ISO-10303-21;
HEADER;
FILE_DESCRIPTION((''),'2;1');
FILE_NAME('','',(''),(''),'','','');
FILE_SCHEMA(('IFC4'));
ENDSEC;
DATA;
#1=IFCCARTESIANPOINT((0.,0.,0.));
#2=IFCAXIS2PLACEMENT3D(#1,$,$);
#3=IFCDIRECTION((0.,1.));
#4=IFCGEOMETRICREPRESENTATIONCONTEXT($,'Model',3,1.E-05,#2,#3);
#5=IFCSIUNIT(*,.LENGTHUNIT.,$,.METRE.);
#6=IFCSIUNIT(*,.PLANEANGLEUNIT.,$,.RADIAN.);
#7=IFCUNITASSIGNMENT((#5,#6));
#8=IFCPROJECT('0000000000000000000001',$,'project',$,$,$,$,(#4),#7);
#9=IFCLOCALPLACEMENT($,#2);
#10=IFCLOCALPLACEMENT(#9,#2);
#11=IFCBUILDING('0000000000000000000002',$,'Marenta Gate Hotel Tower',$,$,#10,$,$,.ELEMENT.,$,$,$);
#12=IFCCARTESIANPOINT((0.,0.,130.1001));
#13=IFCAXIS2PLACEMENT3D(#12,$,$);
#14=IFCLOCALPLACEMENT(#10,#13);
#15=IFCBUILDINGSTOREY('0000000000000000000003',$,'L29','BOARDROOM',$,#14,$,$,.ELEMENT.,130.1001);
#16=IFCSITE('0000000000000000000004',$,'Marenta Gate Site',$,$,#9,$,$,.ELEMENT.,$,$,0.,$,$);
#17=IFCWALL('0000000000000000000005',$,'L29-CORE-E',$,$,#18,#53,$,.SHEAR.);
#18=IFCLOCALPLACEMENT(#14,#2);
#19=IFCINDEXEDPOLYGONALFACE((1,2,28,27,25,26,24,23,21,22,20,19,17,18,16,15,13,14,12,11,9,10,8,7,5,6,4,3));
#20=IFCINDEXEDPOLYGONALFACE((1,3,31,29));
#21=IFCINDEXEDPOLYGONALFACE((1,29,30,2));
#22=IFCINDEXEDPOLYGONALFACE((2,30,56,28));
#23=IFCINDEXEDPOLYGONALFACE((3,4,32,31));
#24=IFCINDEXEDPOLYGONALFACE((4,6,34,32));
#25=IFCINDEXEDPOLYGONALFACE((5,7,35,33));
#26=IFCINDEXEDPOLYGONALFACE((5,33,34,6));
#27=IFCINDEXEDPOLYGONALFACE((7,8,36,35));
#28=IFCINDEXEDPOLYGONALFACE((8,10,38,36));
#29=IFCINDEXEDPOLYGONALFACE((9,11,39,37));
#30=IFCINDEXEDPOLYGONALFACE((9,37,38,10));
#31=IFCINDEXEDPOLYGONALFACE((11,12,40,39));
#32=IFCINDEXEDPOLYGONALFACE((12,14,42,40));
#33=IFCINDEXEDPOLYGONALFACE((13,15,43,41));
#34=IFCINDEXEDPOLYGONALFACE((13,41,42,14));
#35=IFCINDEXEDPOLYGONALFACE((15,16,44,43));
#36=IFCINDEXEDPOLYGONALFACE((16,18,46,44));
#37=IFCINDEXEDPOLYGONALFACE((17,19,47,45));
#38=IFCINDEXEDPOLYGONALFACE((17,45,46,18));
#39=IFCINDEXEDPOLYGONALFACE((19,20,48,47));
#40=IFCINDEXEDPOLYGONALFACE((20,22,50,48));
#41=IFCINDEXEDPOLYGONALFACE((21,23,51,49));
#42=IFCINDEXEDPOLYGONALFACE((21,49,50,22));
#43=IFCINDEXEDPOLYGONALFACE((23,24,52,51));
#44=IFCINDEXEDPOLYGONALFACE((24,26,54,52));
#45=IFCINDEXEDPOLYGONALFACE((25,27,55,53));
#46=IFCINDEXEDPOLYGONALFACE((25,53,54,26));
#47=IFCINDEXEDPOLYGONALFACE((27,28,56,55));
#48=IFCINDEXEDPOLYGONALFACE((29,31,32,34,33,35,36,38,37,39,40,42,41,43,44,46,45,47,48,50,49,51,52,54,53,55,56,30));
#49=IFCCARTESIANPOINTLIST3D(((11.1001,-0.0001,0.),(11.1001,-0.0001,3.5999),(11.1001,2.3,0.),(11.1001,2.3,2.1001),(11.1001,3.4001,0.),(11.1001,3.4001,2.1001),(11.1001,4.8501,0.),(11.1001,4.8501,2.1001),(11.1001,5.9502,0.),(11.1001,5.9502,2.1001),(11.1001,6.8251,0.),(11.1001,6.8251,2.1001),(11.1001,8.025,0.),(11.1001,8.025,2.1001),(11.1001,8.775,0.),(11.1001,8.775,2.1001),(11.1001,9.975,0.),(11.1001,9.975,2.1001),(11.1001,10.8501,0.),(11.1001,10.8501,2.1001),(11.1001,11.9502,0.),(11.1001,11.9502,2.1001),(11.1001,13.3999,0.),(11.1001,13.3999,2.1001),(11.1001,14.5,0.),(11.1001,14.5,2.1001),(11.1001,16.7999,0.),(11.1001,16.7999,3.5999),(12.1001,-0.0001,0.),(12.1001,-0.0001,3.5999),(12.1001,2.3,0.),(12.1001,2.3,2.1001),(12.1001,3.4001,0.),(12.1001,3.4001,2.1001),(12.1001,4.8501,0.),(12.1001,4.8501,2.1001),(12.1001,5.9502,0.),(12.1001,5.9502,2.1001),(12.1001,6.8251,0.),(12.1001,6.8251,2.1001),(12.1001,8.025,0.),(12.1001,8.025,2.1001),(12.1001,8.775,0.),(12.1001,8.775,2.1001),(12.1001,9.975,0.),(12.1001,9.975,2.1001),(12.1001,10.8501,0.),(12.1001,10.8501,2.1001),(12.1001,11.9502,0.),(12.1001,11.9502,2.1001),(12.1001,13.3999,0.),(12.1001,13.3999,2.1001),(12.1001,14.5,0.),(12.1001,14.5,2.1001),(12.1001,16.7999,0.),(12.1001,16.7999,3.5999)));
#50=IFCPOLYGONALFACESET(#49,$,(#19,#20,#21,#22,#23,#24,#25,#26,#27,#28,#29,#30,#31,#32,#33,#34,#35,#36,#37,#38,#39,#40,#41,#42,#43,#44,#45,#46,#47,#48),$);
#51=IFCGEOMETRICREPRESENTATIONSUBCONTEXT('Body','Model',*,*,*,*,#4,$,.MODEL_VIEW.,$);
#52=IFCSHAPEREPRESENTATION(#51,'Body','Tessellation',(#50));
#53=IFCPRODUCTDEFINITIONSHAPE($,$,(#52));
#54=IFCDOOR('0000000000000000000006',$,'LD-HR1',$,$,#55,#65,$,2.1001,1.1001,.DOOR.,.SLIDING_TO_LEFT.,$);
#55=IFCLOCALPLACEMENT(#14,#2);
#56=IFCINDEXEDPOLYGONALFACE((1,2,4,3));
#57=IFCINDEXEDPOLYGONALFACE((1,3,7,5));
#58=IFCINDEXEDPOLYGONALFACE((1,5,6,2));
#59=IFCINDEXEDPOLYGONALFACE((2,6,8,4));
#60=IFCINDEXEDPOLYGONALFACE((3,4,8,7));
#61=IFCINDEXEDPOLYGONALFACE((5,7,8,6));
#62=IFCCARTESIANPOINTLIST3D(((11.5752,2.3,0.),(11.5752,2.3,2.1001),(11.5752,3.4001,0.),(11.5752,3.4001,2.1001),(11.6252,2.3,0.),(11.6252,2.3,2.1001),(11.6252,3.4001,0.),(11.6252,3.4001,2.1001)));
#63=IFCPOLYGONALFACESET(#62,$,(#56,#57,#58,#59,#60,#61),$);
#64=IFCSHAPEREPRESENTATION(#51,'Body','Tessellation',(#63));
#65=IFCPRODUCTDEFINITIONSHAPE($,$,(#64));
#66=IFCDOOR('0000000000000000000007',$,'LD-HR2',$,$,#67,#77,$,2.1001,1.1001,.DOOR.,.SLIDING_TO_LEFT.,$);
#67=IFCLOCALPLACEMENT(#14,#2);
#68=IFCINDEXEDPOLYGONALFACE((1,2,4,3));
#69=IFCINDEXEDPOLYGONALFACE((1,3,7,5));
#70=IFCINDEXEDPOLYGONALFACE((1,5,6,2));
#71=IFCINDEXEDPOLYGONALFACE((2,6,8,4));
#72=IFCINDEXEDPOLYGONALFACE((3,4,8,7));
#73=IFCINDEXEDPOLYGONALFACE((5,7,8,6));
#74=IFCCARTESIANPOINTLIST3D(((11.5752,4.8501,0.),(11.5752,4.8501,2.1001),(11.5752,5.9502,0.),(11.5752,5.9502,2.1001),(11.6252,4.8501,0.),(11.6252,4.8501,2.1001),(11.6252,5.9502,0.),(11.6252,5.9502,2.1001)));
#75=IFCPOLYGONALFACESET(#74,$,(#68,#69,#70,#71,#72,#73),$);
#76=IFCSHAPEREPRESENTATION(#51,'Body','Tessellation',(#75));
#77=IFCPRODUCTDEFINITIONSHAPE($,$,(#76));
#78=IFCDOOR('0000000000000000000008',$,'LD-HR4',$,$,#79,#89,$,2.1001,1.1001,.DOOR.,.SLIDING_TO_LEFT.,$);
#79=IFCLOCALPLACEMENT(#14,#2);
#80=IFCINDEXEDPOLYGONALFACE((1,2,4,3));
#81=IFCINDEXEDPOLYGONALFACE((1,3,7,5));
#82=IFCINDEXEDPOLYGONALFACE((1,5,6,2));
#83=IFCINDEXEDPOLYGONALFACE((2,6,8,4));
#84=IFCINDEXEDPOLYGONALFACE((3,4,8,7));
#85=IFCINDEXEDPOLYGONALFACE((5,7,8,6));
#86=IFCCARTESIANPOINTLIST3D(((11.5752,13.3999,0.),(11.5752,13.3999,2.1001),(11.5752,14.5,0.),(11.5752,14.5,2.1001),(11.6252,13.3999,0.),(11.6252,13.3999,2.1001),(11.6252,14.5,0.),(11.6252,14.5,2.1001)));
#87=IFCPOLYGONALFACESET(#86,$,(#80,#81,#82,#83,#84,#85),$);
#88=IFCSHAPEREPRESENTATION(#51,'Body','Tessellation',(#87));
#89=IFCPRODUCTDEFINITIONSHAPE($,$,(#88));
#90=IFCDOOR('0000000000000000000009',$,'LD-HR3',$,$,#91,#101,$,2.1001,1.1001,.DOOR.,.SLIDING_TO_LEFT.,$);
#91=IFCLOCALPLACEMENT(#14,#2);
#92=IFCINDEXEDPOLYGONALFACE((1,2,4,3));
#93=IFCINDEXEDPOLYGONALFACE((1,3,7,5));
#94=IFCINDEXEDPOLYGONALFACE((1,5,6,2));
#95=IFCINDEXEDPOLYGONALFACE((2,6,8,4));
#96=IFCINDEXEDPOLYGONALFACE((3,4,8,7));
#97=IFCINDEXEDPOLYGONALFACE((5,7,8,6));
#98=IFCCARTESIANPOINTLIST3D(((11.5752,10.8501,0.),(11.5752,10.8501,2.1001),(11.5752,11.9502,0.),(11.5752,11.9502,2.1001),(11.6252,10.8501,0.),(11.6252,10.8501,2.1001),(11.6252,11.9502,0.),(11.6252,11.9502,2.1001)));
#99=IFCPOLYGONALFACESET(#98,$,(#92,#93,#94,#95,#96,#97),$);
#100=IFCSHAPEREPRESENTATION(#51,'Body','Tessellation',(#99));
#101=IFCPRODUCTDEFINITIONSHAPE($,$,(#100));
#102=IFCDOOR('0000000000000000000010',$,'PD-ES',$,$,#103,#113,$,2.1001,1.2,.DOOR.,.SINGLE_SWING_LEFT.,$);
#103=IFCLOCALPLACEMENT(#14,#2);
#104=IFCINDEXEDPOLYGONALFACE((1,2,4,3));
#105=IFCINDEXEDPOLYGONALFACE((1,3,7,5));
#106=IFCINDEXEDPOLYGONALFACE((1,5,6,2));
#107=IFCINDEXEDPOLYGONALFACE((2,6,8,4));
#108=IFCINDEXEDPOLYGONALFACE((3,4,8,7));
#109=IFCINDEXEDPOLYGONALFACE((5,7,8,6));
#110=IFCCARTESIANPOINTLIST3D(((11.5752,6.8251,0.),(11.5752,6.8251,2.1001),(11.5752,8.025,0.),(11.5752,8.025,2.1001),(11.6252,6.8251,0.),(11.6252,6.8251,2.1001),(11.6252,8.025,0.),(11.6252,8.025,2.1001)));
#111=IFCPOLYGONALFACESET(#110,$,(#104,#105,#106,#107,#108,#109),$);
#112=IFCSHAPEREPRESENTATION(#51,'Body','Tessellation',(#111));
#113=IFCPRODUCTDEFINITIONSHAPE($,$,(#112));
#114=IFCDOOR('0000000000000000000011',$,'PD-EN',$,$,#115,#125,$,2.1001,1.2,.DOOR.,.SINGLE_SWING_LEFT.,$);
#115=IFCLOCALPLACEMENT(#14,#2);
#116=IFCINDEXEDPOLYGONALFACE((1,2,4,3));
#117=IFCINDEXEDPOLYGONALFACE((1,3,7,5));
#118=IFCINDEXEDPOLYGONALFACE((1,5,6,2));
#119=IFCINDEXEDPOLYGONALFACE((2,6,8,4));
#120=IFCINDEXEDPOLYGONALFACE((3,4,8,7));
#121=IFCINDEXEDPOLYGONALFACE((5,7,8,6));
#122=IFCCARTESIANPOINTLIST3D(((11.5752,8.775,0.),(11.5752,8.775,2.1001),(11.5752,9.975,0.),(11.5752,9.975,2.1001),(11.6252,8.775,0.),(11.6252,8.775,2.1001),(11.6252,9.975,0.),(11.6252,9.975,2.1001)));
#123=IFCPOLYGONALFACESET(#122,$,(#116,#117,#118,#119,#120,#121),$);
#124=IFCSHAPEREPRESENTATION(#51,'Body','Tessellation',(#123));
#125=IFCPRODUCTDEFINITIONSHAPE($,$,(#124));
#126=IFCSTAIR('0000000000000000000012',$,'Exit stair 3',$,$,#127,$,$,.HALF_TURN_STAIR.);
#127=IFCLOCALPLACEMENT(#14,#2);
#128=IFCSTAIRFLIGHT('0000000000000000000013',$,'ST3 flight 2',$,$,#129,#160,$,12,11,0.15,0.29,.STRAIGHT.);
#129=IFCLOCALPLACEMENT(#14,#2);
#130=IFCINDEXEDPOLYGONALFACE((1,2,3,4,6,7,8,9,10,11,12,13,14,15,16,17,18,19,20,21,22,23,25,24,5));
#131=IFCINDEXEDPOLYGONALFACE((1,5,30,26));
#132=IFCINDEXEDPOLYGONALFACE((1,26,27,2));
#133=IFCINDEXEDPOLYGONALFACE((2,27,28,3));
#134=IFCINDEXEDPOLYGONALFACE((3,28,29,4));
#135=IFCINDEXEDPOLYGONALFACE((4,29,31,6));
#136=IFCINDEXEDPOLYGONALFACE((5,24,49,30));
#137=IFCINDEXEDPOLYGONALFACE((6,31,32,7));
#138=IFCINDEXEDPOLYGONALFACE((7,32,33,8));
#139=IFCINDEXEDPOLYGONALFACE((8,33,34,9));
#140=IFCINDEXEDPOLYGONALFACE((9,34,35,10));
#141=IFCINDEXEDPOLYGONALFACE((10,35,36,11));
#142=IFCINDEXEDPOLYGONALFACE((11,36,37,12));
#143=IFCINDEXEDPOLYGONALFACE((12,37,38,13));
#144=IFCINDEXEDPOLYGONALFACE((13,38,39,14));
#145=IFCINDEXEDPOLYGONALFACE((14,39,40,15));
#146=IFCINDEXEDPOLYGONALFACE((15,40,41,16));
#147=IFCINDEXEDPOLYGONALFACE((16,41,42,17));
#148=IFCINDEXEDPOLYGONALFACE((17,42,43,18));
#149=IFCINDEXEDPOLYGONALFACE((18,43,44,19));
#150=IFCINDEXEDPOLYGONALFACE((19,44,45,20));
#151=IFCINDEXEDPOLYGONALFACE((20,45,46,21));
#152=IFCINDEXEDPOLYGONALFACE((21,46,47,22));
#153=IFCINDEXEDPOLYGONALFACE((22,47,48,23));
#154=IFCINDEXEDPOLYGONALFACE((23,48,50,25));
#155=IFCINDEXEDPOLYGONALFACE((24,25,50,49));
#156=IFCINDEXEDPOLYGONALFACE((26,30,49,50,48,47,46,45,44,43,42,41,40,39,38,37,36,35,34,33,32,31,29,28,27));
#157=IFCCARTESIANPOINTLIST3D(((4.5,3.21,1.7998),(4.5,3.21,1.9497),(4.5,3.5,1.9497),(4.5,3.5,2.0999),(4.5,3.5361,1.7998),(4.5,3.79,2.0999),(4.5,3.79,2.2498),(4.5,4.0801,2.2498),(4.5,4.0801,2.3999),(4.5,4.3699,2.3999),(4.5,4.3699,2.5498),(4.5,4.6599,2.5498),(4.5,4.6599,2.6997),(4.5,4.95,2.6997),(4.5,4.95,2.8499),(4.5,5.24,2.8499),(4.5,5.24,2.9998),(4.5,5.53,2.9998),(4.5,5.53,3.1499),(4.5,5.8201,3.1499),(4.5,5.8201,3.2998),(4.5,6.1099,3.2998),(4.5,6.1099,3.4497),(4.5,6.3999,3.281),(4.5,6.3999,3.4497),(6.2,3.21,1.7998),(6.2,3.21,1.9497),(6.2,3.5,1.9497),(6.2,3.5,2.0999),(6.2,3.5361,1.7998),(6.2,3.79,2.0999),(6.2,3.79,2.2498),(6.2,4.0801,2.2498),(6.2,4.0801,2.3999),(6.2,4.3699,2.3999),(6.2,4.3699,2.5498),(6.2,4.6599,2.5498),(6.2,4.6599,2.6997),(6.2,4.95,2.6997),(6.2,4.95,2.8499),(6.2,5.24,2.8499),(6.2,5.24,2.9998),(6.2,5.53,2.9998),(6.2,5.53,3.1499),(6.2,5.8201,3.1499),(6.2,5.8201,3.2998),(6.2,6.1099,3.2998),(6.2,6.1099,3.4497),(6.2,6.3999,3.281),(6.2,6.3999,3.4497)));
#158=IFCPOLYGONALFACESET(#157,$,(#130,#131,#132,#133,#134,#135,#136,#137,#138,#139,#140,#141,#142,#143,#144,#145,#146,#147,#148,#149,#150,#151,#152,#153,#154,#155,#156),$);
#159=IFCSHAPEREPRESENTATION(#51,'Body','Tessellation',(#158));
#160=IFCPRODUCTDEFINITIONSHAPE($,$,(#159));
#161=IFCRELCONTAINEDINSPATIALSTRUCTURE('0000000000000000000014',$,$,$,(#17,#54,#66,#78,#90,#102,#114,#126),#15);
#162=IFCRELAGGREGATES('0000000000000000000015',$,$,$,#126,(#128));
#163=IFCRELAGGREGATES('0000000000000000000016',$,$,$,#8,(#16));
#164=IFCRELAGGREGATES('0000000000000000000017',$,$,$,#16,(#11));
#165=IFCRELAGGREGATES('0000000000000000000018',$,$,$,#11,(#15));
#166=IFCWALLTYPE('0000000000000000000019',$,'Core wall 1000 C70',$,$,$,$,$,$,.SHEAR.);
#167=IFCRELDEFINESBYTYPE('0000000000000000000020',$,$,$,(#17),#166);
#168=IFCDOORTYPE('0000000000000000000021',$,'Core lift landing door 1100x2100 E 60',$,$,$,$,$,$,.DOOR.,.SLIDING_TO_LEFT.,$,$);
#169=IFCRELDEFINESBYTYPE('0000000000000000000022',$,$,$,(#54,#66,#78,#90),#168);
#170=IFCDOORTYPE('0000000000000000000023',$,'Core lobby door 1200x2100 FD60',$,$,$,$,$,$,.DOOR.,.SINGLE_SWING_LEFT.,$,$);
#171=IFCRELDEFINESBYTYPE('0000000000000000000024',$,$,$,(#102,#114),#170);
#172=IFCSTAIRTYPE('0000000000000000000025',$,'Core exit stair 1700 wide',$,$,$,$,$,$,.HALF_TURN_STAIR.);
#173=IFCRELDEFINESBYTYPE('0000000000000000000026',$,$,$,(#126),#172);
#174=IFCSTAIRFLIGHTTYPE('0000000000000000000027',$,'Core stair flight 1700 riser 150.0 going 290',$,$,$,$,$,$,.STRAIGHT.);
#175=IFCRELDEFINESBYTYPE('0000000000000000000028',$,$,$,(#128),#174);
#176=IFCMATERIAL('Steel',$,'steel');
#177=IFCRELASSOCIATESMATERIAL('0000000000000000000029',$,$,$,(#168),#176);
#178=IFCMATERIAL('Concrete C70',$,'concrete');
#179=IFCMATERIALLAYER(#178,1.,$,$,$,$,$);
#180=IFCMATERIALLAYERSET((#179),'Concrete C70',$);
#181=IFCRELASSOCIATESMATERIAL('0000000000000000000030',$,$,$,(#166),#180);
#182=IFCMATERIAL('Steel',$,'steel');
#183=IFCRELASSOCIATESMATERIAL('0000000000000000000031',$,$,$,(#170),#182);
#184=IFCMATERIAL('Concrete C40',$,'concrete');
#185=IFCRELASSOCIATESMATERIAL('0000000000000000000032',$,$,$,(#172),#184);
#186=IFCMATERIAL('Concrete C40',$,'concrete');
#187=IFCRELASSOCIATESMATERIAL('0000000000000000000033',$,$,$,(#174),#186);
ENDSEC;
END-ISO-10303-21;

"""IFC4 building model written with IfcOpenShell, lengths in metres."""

from ifc_helpers import new_model, si_unit, direction, frame, frame_2d, origin, place, context, subcontext, project, spatial, polyline, rectangle, outline, extrude, material, layer, layer_set, type_object, element, fill, aggregate, save


model = new_model("IFC4")

# Units and contexts
model_context = context("Model", 3, precision=1e-05, world=origin(), true_north=direction((0.0, 1.0)))
body_context = subcontext(model_context, "Body", "Model", "MODEL_VIEW")
ifc_project = project(units=[si_unit("LENGTHUNIT", "METRE"), si_unit("PLANEANGLEUNIT", "RADIAN")], contexts=[model_context])

# Site, building, storey
site_placement = place(None, origin())
site = spatial("IfcSite", under=ifc_project, at=site_placement, Name="Marenta Gate Site", CompositionType="ELEMENT", RefElevation=0.0)
building_placement = place(site_placement, origin())
building = spatial("IfcBuilding", under=site, at=building_placement, Name="Marenta Gate Hotel Tower", CompositionType="ELEMENT")
storey_placement = place(building_placement, frame((0.0, 0.0, 130.1001)))
storey = spatial("IfcBuildingStorey", under=building, at=storey_placement, Name="L29", Description="BOARDROOM", CompositionType="ELEMENT", Elevation=130.1001)

# Shared definitions
ifc_material_1 = material(Name="Steel", Category="steel")
door_type_1 = type_object("IfcDoorType", Name="Core lift landing door 1100x2100 E 60", OperationType="SLIDING_TO_LEFT", PredefinedType="DOOR", material=ifc_material_1)

# Wall, openings, doors
ifc_material_2 = material(Name="Concrete C70", Category="concrete")
ifc_layer_1 = layer(ifc_material_2, 1.0)
ifc_layer_set_1 = layer_set([ifc_layer_1], Name="Concrete C70")
wall_type_1 = type_object("IfcWallType", Name="Core wall 1000 C70", PredefinedType="SHEAR", material=ifc_layer_set_1)
wall_1_placement = place(storey_placement, frame((11.6001, 0.0, 0.0), z_axis=(0.0, 0.0, 1.0), x_axis=(0.0, 1.0, 0.0)))
wall_1 = element("IfcWall", 1, at=wall_1_placement, inside=storey, type_object=wall_type_1, Name="L29-CORE-E", PredefinedType="SHEAR", context=body_context, shape_type="SweptSolid", body=[
    extrude(rectangle(XDim=16.8, YDim=1.0, at=frame_2d((8.3999, 0.0))), origin(), (0.0, 0.0, 1.0), 3.5999),
])
opening_1_placement = place(wall_1_placement, frame((2.3, 0.0, 0.0)))
opening_1 = element("IfcOpeningElement", 2, at=opening_1_placement, cuts=wall_1, PredefinedType="OPENING", context=body_context, shape_type="SweptSolid", body=[
    extrude(rectangle(XDim=1.1001, YDim=2.1001, at=frame_2d((0.55, 1.05))), frame((0.0, 0.5, 0.0), z_axis=(0.0, -1.0, 0.0), x_axis=(1.0, 0.0, 0.0)), (0.0, 0.0, 1.0), 1.0),
])
opening_2_placement = place(wall_1_placement, frame((4.8501, 0.0, 0.0)))
opening_2 = element("IfcOpeningElement", 3, at=opening_2_placement, cuts=wall_1, PredefinedType="OPENING", context=body_context, shape_type="SweptSolid", body=[
    extrude(rectangle(XDim=1.1001, YDim=2.1001, at=frame_2d((0.55, 1.05))), frame((0.0, 0.5, 0.0), z_axis=(0.0, -1.0, 0.0), x_axis=(1.0, 0.0, 0.0)), (0.0, 0.0, 1.0), 1.0),
])
opening_3_placement = place(wall_1_placement, frame((6.825, 0.0, 0.0)))
opening_3 = element("IfcOpeningElement", 4, at=opening_3_placement, cuts=wall_1, PredefinedType="OPENING", context=body_context, shape_type="SweptSolid", body=[
    extrude(rectangle(XDim=1.2, YDim=2.1001, at=frame_2d((0.6001, 1.05))), frame((0.0, 0.5, 0.0), z_axis=(0.0, -1.0, 0.0), x_axis=(1.0, 0.0, 0.0)), (0.0, 0.0, 1.0), 1.0),
])
opening_4_placement = place(wall_1_placement, frame((13.3999, 0.0, 0.0)))
opening_4 = element("IfcOpeningElement", 5, at=opening_4_placement, cuts=wall_1, PredefinedType="OPENING", context=body_context, shape_type="SweptSolid", body=[
    extrude(rectangle(XDim=1.1001, YDim=2.1001, at=frame_2d((0.55, 1.05))), frame((0.0, 0.5, 0.0), z_axis=(0.0, -1.0, 0.0), x_axis=(1.0, 0.0, 0.0)), (0.0, 0.0, 1.0), 1.0),
])
opening_5_placement = place(wall_1_placement, frame((10.8501, 0.0, 0.0)))
opening_5 = element("IfcOpeningElement", 6, at=opening_5_placement, cuts=wall_1, PredefinedType="OPENING", context=body_context, shape_type="SweptSolid", body=[
    extrude(rectangle(XDim=1.1001, YDim=2.1001, at=frame_2d((0.55, 1.05))), frame((0.0, 0.5, 0.0), z_axis=(0.0, -1.0, 0.0), x_axis=(1.0, 0.0, 0.0)), (0.0, 0.0, 1.0), 1.0),
])
opening_6_placement = place(wall_1_placement, frame((8.7749, 0.0, 0.0)))
opening_6 = element("IfcOpeningElement", 7, at=opening_6_placement, cuts=wall_1, PredefinedType="OPENING", context=body_context, shape_type="SweptSolid", body=[
    extrude(rectangle(XDim=1.2, YDim=2.1001, at=frame_2d((0.6001, 1.05))), frame((0.0, 0.5, 0.0), z_axis=(0.0, -1.0, 0.0), x_axis=(1.0, 0.0, 0.0)), (0.0, 0.0, 1.0), 1.0),
])
door_1_placement = place(opening_1_placement, origin())
door_1 = element("IfcDoor", 8, at=door_1_placement, inside=storey, type_object=door_type_1, Name="LD-HR1", OperationType="SLIDING_TO_LEFT", OverallHeight=2.1001, OverallWidth=1.1001, PredefinedType="DOOR", context=body_context, shape_type="SweptSolid", body=[
    extrude(rectangle(XDim=1.1001, YDim=2.1001, at=frame_2d((0.55, 1.05))), frame((0.0, 0.0249, 0.0), z_axis=(0.0, -1.0, 0.0), x_axis=(1.0, 0.0, 0.0)), (0.0, 0.0, 1.0), 0.05),
])
fill(opening_1, door_1)
door_2_placement = place(opening_2_placement, origin())
door_2 = element("IfcDoor", 9, at=door_2_placement, inside=storey, type_object=door_type_1, Name="LD-HR2", OperationType="SLIDING_TO_LEFT", OverallHeight=2.1001, OverallWidth=1.1001, PredefinedType="DOOR", context=body_context, shape_type="SweptSolid", body=[
    extrude(rectangle(XDim=1.1001, YDim=2.1001, at=frame_2d((0.55, 1.05))), frame((0.0, 0.0249, 0.0), z_axis=(0.0, -1.0, 0.0), x_axis=(1.0, 0.0, 0.0)), (0.0, 0.0, 1.0), 0.05),
])
fill(opening_2, door_2)
door_3_placement = place(opening_4_placement, origin())
door_3 = element("IfcDoor", 10, at=door_3_placement, inside=storey, type_object=door_type_1, Name="LD-HR4", OperationType="SLIDING_TO_LEFT", OverallHeight=2.1001, OverallWidth=1.1001, PredefinedType="DOOR", context=body_context, shape_type="SweptSolid", body=[
    extrude(rectangle(XDim=1.1001, YDim=2.1001, at=frame_2d((0.55, 1.05))), frame((0.0, 0.0249, 0.0), z_axis=(0.0, -1.0, 0.0), x_axis=(1.0, 0.0, 0.0)), (0.0, 0.0, 1.0), 0.05),
])
fill(opening_4, door_3)
door_4_placement = place(opening_5_placement, origin())
door_4 = element("IfcDoor", 11, at=door_4_placement, inside=storey, type_object=door_type_1, Name="LD-HR3", OperationType="SLIDING_TO_LEFT", OverallHeight=2.1001, OverallWidth=1.1001, PredefinedType="DOOR", context=body_context, shape_type="SweptSolid", body=[
    extrude(rectangle(XDim=1.1001, YDim=2.1001, at=frame_2d((0.55, 1.05))), frame((0.0, 0.0249, 0.0), z_axis=(0.0, -1.0, 0.0), x_axis=(1.0, 0.0, 0.0)), (0.0, 0.0, 1.0), 0.05),
])
fill(opening_5, door_4)
ifc_material_3 = material(Name="Steel", Category="steel")
door_type_2 = type_object("IfcDoorType", Name="Core lobby door 1200x2100 FD60", OperationType="SINGLE_SWING_LEFT", PredefinedType="DOOR", material=ifc_material_3)
door_5_placement = place(opening_3_placement, origin())
door_5 = element("IfcDoor", 12, at=door_5_placement, inside=storey, type_object=door_type_2, Name="PD-ES", OperationType="SINGLE_SWING_LEFT", OverallHeight=2.1001, OverallWidth=1.2, PredefinedType="DOOR", context=body_context, shape_type="SweptSolid", body=[
    extrude(rectangle(XDim=1.2, YDim=2.1001, at=frame_2d((0.6001, 1.05))), frame((0.0, 0.0249, 0.0), z_axis=(0.0, -1.0, 0.0), x_axis=(1.0, 0.0, 0.0)), (0.0, 0.0, 1.0), 0.05),
])
fill(opening_3, door_5)
door_6_placement = place(opening_6_placement, origin())
door_6 = element("IfcDoor", 13, at=door_6_placement, inside=storey, type_object=door_type_2, Name="PD-EN", OperationType="SINGLE_SWING_LEFT", OverallHeight=2.1001, OverallWidth=1.2, PredefinedType="DOOR", context=body_context, shape_type="SweptSolid", body=[
    extrude(rectangle(XDim=1.2, YDim=2.1001, at=frame_2d((0.6001, 1.05))), frame((0.0, 0.0249, 0.0), z_axis=(0.0, -1.0, 0.0), x_axis=(1.0, 0.0, 0.0)), (0.0, 0.0, 1.0), 0.05),
])
fill(opening_6, door_6)

# Stair, stair flight
ifc_material_4 = material(Name="Concrete C40", Category="concrete")
stair_type_1 = type_object("IfcStairType", Name="Core exit stair 1700 wide", PredefinedType="HALF_TURN_STAIR", material=ifc_material_4)
stair_1_placement = place(storey_placement, origin())
stair_1 = element("IfcStair", 14, at=stair_1_placement, inside=storey, type_object=stair_type_1, Name="Exit stair 3", PredefinedType="HALF_TURN_STAIR")
ifc_material_5 = material(Name="Concrete C40", Category="concrete")
stair_flight_type = type_object("IfcStairFlightType", Name="Core stair flight 1700 riser 150.0 going 290", PredefinedType="STRAIGHT", material=ifc_material_5)
stair_flight_placement = place(storey_placement, frame((5.3501, 3.21, 1.7998), z_axis=(0.0, 0.0, 1.0), x_axis=(0.0, 1.0, 0.0)))
stair_flight = element("IfcStairFlight", 15, at=stair_flight_placement, type_object=stair_flight_type, Name="ST3 flight 2", NumberOfRisers=12, NumberOfTreads=11, PredefinedType="STRAIGHT", RiserHeight=0.15, TreadLength=0.29, context=body_context, shape_type="SweptSolid", body=[
    extrude(outline(polyline([(0.0, 0.0), (0.0, 0.1499), (0.29, 0.1499), (0.29, 0.3), (0.5801, 0.3), (0.5801, 0.45), (0.8701, 0.45), (0.8701, 0.6001), (1.1599, 0.6001), (1.1599, 0.75), (1.45, 0.75), (1.45, 0.8999), (1.74, 0.8999), (1.74, 1.05), (2.03, 1.05), (2.03, 1.2), (2.3201, 1.2), (2.3201, 1.3501), (2.6101, 1.3501), (2.6101, 1.5), (2.8999, 1.5), (2.8999, 1.6499), (3.1899, 1.6499), (3.1899, 1.8), (3.1899, 1.4812), (0.3262, 0.0), (0.0, 0.0)])), frame((0.0, 0.8501, 0.0), z_axis=(0.0, -1.0, 0.0), x_axis=(1.0, 0.0, 0.0)), (0.0, 0.0, 1.0), 1.7),
])
aggregate(stair_1, [stair_flight])

save(model, "model.ifc")
